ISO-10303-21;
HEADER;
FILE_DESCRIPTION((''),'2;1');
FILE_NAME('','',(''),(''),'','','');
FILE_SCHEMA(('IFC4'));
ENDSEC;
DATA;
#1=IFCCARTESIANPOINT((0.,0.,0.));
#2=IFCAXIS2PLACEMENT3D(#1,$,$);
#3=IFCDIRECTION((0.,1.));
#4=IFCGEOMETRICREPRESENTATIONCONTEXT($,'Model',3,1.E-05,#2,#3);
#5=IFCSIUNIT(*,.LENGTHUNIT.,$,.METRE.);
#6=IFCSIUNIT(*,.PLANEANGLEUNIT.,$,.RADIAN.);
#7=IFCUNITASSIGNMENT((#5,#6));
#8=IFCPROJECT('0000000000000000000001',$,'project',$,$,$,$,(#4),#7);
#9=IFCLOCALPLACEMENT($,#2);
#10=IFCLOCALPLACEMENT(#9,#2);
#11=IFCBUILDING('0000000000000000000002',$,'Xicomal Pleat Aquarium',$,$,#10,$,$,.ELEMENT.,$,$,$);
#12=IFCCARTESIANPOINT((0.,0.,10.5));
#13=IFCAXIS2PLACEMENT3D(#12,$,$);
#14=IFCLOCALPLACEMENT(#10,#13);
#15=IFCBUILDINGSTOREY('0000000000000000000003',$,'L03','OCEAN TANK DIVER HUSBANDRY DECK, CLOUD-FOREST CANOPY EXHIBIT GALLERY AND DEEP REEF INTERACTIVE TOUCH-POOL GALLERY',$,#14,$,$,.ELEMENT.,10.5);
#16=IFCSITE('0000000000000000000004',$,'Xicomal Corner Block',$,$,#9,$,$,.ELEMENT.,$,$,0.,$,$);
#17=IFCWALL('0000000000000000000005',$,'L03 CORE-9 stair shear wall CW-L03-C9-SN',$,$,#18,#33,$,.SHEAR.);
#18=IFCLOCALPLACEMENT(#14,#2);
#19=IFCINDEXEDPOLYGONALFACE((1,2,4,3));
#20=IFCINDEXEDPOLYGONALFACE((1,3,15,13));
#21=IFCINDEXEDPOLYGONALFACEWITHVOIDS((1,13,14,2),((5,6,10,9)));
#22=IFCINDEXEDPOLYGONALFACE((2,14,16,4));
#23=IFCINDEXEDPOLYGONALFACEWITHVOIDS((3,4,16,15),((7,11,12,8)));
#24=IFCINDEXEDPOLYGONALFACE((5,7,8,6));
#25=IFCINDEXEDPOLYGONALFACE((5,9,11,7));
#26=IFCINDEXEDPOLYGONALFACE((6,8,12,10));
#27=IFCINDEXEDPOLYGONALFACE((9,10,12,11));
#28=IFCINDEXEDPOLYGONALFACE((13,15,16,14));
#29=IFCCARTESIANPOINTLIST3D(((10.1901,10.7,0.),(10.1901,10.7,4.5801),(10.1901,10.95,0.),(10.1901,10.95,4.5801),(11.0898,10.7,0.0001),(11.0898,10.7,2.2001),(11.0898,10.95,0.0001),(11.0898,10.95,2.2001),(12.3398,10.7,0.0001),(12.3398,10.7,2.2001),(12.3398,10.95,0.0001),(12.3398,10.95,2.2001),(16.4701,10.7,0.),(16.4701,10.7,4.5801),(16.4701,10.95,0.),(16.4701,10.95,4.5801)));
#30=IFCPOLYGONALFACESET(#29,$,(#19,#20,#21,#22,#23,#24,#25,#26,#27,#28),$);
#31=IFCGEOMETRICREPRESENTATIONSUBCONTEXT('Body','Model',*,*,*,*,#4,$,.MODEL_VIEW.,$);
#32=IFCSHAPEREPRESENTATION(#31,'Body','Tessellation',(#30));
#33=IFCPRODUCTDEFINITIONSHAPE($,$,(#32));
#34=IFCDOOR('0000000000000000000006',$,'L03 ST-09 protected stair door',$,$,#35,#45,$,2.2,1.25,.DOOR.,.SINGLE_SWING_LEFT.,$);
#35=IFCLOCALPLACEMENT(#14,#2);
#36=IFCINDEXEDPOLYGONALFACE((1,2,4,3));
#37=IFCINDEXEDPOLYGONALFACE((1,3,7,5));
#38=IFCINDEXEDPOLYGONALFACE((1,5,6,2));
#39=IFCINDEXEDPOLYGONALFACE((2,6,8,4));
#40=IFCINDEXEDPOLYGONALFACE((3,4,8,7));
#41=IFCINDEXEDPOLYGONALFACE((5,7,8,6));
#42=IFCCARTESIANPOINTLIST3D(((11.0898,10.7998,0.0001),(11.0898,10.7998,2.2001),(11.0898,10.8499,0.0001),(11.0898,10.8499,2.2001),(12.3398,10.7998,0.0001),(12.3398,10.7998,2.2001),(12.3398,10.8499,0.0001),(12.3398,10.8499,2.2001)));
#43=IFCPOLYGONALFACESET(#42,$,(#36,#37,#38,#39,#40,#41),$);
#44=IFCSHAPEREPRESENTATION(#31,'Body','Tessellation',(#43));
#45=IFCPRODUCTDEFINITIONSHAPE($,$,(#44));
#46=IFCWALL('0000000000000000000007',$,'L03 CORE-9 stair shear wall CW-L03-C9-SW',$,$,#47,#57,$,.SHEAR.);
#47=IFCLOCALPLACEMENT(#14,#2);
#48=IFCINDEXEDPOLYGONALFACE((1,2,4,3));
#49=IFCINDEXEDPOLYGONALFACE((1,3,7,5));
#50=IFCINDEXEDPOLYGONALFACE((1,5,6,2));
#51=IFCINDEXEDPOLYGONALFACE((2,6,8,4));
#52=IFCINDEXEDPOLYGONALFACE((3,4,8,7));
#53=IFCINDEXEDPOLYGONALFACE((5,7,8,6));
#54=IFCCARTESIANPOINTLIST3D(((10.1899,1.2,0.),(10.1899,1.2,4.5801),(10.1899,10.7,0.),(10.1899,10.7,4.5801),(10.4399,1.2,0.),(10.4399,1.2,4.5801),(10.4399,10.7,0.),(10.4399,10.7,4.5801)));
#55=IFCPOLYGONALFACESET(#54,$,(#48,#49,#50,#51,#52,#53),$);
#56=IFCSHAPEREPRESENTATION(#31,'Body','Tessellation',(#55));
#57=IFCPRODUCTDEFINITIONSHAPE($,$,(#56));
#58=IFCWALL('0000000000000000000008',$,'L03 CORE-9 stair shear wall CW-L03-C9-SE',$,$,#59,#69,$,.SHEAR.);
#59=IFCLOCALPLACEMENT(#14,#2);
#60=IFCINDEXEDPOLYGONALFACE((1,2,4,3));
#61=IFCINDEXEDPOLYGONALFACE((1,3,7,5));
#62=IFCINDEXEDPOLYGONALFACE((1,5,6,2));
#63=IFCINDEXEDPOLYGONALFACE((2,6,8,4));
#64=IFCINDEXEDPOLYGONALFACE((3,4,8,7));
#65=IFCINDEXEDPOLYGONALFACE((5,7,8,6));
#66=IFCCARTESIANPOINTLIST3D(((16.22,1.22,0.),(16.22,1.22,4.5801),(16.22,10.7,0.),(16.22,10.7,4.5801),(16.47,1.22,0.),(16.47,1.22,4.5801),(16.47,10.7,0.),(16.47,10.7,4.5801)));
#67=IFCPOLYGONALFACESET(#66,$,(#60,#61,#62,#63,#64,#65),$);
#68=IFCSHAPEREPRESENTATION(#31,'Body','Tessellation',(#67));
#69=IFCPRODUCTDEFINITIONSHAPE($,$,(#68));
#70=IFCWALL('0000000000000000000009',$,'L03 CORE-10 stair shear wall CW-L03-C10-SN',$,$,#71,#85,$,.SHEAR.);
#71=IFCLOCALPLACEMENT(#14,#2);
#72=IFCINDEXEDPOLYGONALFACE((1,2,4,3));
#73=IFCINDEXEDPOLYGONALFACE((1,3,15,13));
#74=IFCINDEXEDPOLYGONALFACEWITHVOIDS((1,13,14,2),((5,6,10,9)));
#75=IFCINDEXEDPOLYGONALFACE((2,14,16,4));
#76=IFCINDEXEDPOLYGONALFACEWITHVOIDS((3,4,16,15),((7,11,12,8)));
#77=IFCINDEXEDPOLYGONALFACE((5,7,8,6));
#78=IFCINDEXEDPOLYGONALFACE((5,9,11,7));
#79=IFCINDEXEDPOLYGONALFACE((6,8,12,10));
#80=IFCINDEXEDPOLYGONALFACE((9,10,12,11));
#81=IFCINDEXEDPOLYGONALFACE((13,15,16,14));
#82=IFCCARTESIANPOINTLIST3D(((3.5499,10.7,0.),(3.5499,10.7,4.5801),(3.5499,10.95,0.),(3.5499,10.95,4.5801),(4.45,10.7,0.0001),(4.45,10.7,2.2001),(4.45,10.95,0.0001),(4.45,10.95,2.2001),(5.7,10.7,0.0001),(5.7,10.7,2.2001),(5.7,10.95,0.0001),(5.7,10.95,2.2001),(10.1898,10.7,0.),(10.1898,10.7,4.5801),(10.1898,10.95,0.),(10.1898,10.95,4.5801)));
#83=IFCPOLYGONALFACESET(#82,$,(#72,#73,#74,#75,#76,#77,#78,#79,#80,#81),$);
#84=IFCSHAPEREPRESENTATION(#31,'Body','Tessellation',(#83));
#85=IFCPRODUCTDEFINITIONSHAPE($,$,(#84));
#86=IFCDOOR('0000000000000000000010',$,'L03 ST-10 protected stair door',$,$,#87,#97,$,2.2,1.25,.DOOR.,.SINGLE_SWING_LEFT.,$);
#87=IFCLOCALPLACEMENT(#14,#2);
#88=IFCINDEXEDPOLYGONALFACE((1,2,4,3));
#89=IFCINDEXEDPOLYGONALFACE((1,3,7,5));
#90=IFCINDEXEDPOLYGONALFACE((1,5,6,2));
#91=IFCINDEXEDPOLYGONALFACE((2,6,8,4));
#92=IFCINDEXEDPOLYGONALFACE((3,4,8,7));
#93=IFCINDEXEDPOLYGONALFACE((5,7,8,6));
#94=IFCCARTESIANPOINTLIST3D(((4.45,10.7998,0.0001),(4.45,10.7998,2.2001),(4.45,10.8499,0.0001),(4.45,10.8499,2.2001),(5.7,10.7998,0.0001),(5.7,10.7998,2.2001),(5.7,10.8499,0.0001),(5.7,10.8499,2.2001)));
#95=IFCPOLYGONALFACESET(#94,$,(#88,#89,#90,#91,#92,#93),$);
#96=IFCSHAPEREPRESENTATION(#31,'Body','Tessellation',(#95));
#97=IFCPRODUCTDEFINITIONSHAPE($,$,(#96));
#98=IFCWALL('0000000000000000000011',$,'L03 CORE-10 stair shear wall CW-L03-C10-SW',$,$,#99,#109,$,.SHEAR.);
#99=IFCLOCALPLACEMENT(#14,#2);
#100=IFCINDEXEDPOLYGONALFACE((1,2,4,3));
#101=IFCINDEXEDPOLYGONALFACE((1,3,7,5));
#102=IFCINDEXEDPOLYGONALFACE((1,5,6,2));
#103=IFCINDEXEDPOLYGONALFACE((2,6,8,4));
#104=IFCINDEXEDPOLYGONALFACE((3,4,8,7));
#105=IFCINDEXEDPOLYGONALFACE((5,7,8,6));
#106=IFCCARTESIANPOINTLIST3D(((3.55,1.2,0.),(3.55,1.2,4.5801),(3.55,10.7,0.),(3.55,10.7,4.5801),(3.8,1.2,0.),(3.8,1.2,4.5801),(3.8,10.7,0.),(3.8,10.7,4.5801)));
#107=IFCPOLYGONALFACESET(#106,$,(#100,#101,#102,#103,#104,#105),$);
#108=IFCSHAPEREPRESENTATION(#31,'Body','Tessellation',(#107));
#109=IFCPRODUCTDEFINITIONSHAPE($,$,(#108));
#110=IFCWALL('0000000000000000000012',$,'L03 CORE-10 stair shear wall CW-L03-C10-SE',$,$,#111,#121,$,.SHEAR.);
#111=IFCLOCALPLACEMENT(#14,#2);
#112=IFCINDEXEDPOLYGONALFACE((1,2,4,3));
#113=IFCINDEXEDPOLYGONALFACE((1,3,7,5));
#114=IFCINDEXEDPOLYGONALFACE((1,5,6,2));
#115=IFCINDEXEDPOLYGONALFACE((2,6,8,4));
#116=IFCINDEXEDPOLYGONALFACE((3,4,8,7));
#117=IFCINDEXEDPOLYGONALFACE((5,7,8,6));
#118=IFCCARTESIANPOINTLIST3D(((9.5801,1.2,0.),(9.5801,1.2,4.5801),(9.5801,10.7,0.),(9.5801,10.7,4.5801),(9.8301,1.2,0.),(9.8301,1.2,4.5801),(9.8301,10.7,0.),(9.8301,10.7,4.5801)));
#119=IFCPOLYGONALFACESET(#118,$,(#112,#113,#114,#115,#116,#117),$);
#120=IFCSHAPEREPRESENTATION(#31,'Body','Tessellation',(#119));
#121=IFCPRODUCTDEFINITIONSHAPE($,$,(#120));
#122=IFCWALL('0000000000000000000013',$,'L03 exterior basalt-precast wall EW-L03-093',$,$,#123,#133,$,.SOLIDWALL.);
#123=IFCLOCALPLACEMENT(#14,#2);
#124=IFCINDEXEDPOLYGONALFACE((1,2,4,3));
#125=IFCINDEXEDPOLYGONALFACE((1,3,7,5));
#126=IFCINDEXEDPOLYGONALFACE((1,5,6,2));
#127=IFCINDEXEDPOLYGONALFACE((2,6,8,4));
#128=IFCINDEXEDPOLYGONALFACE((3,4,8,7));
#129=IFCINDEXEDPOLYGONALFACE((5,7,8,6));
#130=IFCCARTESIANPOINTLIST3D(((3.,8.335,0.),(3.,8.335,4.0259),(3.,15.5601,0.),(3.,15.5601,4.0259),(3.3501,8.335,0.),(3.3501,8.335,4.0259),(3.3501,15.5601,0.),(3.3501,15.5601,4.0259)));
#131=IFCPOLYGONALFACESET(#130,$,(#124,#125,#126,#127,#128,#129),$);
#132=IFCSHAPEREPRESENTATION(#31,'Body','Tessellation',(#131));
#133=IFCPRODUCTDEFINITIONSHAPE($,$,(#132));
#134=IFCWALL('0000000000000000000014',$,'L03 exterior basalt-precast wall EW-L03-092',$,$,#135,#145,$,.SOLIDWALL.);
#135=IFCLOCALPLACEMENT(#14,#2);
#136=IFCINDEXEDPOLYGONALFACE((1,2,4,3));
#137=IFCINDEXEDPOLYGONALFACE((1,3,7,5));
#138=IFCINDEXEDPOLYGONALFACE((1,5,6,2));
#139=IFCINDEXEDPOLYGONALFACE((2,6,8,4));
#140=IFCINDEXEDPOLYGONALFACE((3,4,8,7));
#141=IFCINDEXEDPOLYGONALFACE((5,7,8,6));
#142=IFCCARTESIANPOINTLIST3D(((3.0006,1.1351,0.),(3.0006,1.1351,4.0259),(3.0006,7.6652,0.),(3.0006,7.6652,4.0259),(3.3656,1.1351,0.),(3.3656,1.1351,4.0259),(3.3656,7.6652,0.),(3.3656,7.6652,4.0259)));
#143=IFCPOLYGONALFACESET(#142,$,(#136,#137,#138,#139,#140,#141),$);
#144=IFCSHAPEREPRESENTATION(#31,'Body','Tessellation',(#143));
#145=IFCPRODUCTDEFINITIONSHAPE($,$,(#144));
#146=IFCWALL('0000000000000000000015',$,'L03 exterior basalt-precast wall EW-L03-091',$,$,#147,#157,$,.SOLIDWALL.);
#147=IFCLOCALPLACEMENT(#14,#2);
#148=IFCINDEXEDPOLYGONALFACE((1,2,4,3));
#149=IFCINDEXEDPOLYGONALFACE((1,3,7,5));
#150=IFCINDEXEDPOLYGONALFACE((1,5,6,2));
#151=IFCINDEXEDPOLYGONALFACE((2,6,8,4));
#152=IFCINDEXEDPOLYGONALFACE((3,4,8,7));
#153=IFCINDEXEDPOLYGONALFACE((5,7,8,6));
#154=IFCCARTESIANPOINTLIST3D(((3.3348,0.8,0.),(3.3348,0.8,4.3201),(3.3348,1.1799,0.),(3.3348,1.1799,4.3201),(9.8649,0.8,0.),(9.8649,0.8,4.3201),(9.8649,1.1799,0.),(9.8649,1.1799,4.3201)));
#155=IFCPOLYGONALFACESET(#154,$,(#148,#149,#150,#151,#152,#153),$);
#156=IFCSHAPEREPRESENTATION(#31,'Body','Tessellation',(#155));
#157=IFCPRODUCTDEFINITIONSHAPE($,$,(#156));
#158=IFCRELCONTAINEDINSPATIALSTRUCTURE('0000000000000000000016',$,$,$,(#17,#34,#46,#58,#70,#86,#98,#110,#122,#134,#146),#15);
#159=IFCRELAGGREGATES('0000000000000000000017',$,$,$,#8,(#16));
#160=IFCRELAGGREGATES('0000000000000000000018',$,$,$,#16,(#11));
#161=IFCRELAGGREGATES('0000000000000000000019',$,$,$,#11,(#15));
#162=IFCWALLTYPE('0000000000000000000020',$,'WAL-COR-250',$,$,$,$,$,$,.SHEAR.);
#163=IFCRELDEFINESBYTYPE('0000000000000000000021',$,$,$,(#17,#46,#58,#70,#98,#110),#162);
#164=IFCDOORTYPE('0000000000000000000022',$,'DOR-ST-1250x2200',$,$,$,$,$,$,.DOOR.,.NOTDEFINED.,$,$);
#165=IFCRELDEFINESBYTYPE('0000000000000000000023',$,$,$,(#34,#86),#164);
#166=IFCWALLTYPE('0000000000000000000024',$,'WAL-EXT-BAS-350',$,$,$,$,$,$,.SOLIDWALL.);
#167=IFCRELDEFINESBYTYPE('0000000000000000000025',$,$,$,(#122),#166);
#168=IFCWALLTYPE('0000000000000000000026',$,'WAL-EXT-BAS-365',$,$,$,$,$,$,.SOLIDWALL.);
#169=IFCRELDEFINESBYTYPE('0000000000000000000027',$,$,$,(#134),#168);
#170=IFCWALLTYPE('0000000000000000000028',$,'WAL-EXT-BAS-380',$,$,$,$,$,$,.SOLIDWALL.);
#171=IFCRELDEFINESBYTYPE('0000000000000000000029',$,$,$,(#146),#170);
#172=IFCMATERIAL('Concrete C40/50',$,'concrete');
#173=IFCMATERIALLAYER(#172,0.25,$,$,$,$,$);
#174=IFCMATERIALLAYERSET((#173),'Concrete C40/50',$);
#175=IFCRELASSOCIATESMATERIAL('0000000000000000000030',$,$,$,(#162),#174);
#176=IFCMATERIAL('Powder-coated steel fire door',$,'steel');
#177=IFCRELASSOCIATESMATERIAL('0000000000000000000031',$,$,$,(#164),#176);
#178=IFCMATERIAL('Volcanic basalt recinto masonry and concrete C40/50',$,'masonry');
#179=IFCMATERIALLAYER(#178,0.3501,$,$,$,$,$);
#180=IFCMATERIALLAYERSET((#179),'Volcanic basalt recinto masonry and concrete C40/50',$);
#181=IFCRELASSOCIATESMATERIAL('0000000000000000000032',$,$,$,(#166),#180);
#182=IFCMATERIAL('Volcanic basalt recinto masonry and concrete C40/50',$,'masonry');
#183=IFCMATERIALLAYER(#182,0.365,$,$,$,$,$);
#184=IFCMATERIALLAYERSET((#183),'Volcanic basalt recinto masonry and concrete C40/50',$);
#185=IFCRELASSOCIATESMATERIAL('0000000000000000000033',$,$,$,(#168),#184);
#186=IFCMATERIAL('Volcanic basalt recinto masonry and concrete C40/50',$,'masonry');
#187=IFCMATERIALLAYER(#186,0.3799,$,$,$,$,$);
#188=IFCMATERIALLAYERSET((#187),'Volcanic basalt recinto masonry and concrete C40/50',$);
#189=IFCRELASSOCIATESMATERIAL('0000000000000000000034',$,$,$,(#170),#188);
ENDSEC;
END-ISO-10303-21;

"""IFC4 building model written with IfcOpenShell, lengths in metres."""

from ifc_helpers import new_model, si_unit, direction, frame, frame_2d, origin, place, context, subcontext, project, spatial, rectangle, extrude, material, layer, layer_set, type_object, element, fill, save


model = new_model("IFC4")

# Units and contexts
model_context = context("Model", 3, precision=1e-05, world=origin(), true_north=direction((0.0, 1.0)))
body_context = subcontext(model_context, "Body", "Model", "MODEL_VIEW")
ifc_project = project(units=[si_unit("LENGTHUNIT", "METRE"), si_unit("PLANEANGLEUNIT", "RADIAN")], contexts=[model_context])

# Site, building, storey
site_placement = place(None, origin())
site = spatial("IfcSite", under=ifc_project, at=site_placement, Name="Xicomal Corner Block", CompositionType="ELEMENT", RefElevation=0.0)
building_placement = place(site_placement, origin())
building = spatial("IfcBuilding", under=site, at=building_placement, Name="Xicomal Pleat Aquarium", CompositionType="ELEMENT")
storey_placement = place(building_placement, frame((0.0, 0.0, 10.5)))
storey = spatial("IfcBuildingStorey", under=building, at=storey_placement, Name="L03", Description="OCEAN TANK DIVER HUSBANDRY DECK, CLOUD-FOREST CANOPY EXHIBIT GALLERY AND DEEP REEF INTERACTIVE TOUCH-POOL GALLERY", CompositionType="ELEMENT", Elevation=10.5)

# Wall, opening, door
ifc_material_1 = material(Name="Concrete C40/50", Category="concrete")
ifc_layer_1 = layer(ifc_material_1, 0.25)
ifc_layer_set_1 = layer_set([ifc_layer_1], Name="Concrete C40/50")
wall_type_1 = type_object("IfcWallType", Name="WAL-COR-250", PredefinedType="SHEAR", material=ifc_layer_set_1)
wall_1_placement = place(storey_placement, frame((10.1899, 10.825, 0.0), z_axis=(0.0, 0.0, 1.0), x_axis=(1.0, 0.0, 0.0)))
wall_1 = element("IfcWall", 1, at=wall_1_placement, inside=storey, type_object=wall_type_1, Name="L03 CORE-9 stair shear wall CW-L03-C9-SN", PredefinedType="SHEAR", context=body_context, shape_type="SweptSolid", body=[
    extrude(rectangle(XDim=6.28, YDim=0.25, at=frame_2d((3.1401, 0.0))), origin(), (0.0, 0.0, 1.0), 4.5801),
])
opening_1_placement = place(wall_1_placement, frame((0.8999, 0.0, 0.0)))
opening_1 = element("IfcOpeningElement", 2, at=opening_1_placement, cuts=wall_1, PredefinedType="OPENING", context=body_context, shape_type="SweptSolid", body=[
    extrude(rectangle(XDim=1.25, YDim=2.2, at=frame_2d((0.625, 1.1001))), frame((0.0, 0.135, 0.0), z_axis=(0.0, -1.0, 0.0), x_axis=(1.0, 0.0, 0.0)), (0.0, 0.0, 1.0), 0.27),
])
ifc_material_2 = material(Name="Powder-coated steel fire door", Category="steel")
door_type_1 = type_object("IfcDoorType", Name="DOR-ST-1250x2200", OperationType="NOTDEFINED", PredefinedType="DOOR", material=ifc_material_2)
door_1_placement = place(opening_1_placement, origin())
door_1 = element("IfcDoor", 3, at=door_1_placement, inside=storey, type_object=door_type_1, Name="L03 ST-09 protected stair door", OperationType="SINGLE_SWING_LEFT", OverallHeight=2.2, OverallWidth=1.25, PredefinedType="DOOR", context=body_context, shape_type="SweptSolid", body=[
    extrude(rectangle(XDim=1.25, YDim=2.2, at=frame_2d((0.625, 1.1001))), frame((0.0, 0.0249, 0.0), z_axis=(0.0, -1.0, 0.0), x_axis=(1.0, 0.0, 0.0)), (0.0, 0.0, 1.0), 0.05),
])
fill(opening_1, door_1)

# Walls
wall_2_placement = place(storey_placement, frame((10.3149, 1.2, 0.0), z_axis=(0.0, 0.0, 1.0), x_axis=(0.0, 1.0, 0.0)))
element("IfcWall", 4, at=wall_2_placement, inside=storey, type_object=wall_type_1, Name="L03 CORE-9 stair shear wall CW-L03-C9-SW", PredefinedType="SHEAR", context=body_context, shape_type="SweptSolid", body=[
    extrude(rectangle(XDim=9.5, YDim=0.25, at=frame_2d((4.75, 0.0))), origin(), (0.0, 0.0, 1.0), 4.5801),
])
wall_3_placement = place(storey_placement, frame((16.345, 1.22, 0.0), z_axis=(0.0, 0.0, 1.0), x_axis=(0.0, 1.0, 0.0)))
element("IfcWall", 5, at=wall_3_placement, inside=storey, type_object=wall_type_1, Name="L03 CORE-9 stair shear wall CW-L03-C9-SE", PredefinedType="SHEAR", context=body_context, shape_type="SweptSolid", body=[
    extrude(rectangle(XDim=9.48, YDim=0.25, at=frame_2d((4.74, 0.0))), origin(), (0.0, 0.0, 1.0), 4.5801),
])

# Wall, opening, door
wall_4_placement = place(storey_placement, frame((3.55, 10.825, 0.0), z_axis=(0.0, 0.0, 1.0), x_axis=(1.0, 0.0, 0.0)))
wall_4 = element("IfcWall", 6, at=wall_4_placement, inside=storey, type_object=wall_type_1, Name="L03 CORE-10 stair shear wall CW-L03-C10-SN", PredefinedType="SHEAR", context=body_context, shape_type="SweptSolid", body=[
    extrude(rectangle(XDim=6.6399, YDim=0.25, at=frame_2d((3.3198, 0.0))), origin(), (0.0, 0.0, 1.0), 4.5801),
])
opening_2_placement = place(wall_4_placement, frame((0.8999, 0.0, 0.0)))
opening_2 = element("IfcOpeningElement", 7, at=opening_2_placement, cuts=wall_4, PredefinedType="OPENING", context=body_context, shape_type="SweptSolid", body=[
    extrude(rectangle(XDim=1.25, YDim=2.2, at=frame_2d((0.625, 1.1001))), frame((0.0, 0.135, 0.0), z_axis=(0.0, -1.0, 0.0), x_axis=(1.0, 0.0, 0.0)), (0.0, 0.0, 1.0), 0.27),
])
door_2_placement = place(opening_2_placement, origin())
door_2 = element("IfcDoor", 8, at=door_2_placement, inside=storey, type_object=door_type_1, Name="L03 ST-10 protected stair door", OperationType="SINGLE_SWING_LEFT", OverallHeight=2.2, OverallWidth=1.25, PredefinedType="DOOR", context=body_context, shape_type="SweptSolid", body=[
    extrude(rectangle(XDim=1.25, YDim=2.2, at=frame_2d((0.625, 1.1001))), frame((0.0, 0.0249, 0.0), z_axis=(0.0, -1.0, 0.0), x_axis=(1.0, 0.0, 0.0)), (0.0, 0.0, 1.0), 0.05),
])
fill(opening_2, door_2)

# Walls
for number, where, z_axis, x_axis, name in (
    (9, (3.675, 1.2, 0.0), (0.0, 0.0, 1.0), (0.0, 1.0, 0.0), "L03 CORE-10 stair shear wall CW-L03-C10-SW"),
    (10, (9.7051, 1.2, 0.0), (0.0, 0.0, 1.0), (0.0, 1.0, 0.0), "L03 CORE-10 stair shear wall CW-L03-C10-SE"),
):
    element("IfcWall", number, at=place(storey_placement, frame(where, z_axis=z_axis, x_axis=x_axis)), inside=storey, type_object=wall_type_1, Name=name, PredefinedType="SHEAR", context=body_context, shape_type="SweptSolid", body=[
        extrude(rectangle(XDim=9.5, YDim=0.25, at=frame_2d((4.75, 0.0))), origin(), (0.0, 0.0, 1.0), 4.5801),
    ])
ifc_material_3 = material(Name="Volcanic basalt recinto masonry and concrete C40/50", Category="masonry")
ifc_layer_2 = layer(ifc_material_3, 0.3501)
ifc_layer_set_2 = layer_set([ifc_layer_2], Name="Volcanic basalt recinto masonry and concrete C40/50")
wall_type_2 = type_object("IfcWallType", Name="WAL-EXT-BAS-350", PredefinedType="SOLIDWALL", material=ifc_layer_set_2)
wall_5_placement = place(storey_placement, frame((3.175, 8.335, 0.0), z_axis=(0.0, 0.0, 1.0), x_axis=(0.0, 1.0, 0.0)))
element("IfcWall", 11, at=wall_5_placement, inside=storey, type_object=wall_type_2, Name="L03 exterior basalt-precast wall EW-L03-093", PredefinedType="SOLIDWALL", context=body_context, shape_type="SweptSolid", body=[
    extrude(rectangle(XDim=7.2251, YDim=0.3501, at=frame_2d((3.6125, 0.0))), origin(), (0.0, 0.0, 1.0), 4.0259),
])
ifc_material_4 = material(Name="Volcanic basalt recinto masonry and concrete C40/50", Category="masonry")
ifc_layer_3 = layer(ifc_material_4, 0.365)
ifc_layer_set_3 = layer_set([ifc_layer_3], Name="Volcanic basalt recinto masonry and concrete C40/50")
wall_type_3 = type_object("IfcWallType", Name="WAL-EXT-BAS-365", PredefinedType="SOLIDWALL", material=ifc_layer_set_3)
wall_6_placement = place(storey_placement, frame((3.1831, 1.135, 0.0), z_axis=(0.0, 0.0, 1.0), x_axis=(0.0, 1.0, 0.0)))
element("IfcWall", 12, at=wall_6_placement, inside=storey, type_object=wall_type_3, Name="L03 exterior basalt-precast wall EW-L03-092", PredefinedType="SOLIDWALL", context=body_context, shape_type="SweptSolid", body=[
    extrude(rectangle(XDim=6.53, YDim=0.365, at=frame_2d((3.2651, 0.0))), origin(), (0.0, 0.0, 1.0), 4.0259),
])
ifc_material_5 = material(Name="Volcanic basalt recinto masonry and concrete C40/50", Category="masonry")
ifc_layer_4 = layer(ifc_material_5, 0.3799)
ifc_layer_set_4 = layer_set([ifc_layer_4], Name="Volcanic basalt recinto masonry and concrete C40/50")
wall_type_4 = type_object("IfcWallType", Name="WAL-EXT-BAS-380", PredefinedType="SOLIDWALL", material=ifc_layer_set_4)
wall_7_placement = place(storey_placement, frame((9.865, 0.99, 0.0), z_axis=(0.0, 0.0, 1.0), x_axis=(-1.0, 0.0, 0.0)))
element("IfcWall", 13, at=wall_7_placement, inside=storey, type_object=wall_type_4, Name="L03 exterior basalt-precast wall EW-L03-091", PredefinedType="SOLIDWALL", context=body_context, shape_type="SweptSolid", body=[
    extrude(rectangle(XDim=6.53, YDim=0.3799, at=frame_2d((3.2651, 0.0))), origin(), (0.0, 0.0, 1.0), 4.3201),
])

save(model, "model.ifc")
